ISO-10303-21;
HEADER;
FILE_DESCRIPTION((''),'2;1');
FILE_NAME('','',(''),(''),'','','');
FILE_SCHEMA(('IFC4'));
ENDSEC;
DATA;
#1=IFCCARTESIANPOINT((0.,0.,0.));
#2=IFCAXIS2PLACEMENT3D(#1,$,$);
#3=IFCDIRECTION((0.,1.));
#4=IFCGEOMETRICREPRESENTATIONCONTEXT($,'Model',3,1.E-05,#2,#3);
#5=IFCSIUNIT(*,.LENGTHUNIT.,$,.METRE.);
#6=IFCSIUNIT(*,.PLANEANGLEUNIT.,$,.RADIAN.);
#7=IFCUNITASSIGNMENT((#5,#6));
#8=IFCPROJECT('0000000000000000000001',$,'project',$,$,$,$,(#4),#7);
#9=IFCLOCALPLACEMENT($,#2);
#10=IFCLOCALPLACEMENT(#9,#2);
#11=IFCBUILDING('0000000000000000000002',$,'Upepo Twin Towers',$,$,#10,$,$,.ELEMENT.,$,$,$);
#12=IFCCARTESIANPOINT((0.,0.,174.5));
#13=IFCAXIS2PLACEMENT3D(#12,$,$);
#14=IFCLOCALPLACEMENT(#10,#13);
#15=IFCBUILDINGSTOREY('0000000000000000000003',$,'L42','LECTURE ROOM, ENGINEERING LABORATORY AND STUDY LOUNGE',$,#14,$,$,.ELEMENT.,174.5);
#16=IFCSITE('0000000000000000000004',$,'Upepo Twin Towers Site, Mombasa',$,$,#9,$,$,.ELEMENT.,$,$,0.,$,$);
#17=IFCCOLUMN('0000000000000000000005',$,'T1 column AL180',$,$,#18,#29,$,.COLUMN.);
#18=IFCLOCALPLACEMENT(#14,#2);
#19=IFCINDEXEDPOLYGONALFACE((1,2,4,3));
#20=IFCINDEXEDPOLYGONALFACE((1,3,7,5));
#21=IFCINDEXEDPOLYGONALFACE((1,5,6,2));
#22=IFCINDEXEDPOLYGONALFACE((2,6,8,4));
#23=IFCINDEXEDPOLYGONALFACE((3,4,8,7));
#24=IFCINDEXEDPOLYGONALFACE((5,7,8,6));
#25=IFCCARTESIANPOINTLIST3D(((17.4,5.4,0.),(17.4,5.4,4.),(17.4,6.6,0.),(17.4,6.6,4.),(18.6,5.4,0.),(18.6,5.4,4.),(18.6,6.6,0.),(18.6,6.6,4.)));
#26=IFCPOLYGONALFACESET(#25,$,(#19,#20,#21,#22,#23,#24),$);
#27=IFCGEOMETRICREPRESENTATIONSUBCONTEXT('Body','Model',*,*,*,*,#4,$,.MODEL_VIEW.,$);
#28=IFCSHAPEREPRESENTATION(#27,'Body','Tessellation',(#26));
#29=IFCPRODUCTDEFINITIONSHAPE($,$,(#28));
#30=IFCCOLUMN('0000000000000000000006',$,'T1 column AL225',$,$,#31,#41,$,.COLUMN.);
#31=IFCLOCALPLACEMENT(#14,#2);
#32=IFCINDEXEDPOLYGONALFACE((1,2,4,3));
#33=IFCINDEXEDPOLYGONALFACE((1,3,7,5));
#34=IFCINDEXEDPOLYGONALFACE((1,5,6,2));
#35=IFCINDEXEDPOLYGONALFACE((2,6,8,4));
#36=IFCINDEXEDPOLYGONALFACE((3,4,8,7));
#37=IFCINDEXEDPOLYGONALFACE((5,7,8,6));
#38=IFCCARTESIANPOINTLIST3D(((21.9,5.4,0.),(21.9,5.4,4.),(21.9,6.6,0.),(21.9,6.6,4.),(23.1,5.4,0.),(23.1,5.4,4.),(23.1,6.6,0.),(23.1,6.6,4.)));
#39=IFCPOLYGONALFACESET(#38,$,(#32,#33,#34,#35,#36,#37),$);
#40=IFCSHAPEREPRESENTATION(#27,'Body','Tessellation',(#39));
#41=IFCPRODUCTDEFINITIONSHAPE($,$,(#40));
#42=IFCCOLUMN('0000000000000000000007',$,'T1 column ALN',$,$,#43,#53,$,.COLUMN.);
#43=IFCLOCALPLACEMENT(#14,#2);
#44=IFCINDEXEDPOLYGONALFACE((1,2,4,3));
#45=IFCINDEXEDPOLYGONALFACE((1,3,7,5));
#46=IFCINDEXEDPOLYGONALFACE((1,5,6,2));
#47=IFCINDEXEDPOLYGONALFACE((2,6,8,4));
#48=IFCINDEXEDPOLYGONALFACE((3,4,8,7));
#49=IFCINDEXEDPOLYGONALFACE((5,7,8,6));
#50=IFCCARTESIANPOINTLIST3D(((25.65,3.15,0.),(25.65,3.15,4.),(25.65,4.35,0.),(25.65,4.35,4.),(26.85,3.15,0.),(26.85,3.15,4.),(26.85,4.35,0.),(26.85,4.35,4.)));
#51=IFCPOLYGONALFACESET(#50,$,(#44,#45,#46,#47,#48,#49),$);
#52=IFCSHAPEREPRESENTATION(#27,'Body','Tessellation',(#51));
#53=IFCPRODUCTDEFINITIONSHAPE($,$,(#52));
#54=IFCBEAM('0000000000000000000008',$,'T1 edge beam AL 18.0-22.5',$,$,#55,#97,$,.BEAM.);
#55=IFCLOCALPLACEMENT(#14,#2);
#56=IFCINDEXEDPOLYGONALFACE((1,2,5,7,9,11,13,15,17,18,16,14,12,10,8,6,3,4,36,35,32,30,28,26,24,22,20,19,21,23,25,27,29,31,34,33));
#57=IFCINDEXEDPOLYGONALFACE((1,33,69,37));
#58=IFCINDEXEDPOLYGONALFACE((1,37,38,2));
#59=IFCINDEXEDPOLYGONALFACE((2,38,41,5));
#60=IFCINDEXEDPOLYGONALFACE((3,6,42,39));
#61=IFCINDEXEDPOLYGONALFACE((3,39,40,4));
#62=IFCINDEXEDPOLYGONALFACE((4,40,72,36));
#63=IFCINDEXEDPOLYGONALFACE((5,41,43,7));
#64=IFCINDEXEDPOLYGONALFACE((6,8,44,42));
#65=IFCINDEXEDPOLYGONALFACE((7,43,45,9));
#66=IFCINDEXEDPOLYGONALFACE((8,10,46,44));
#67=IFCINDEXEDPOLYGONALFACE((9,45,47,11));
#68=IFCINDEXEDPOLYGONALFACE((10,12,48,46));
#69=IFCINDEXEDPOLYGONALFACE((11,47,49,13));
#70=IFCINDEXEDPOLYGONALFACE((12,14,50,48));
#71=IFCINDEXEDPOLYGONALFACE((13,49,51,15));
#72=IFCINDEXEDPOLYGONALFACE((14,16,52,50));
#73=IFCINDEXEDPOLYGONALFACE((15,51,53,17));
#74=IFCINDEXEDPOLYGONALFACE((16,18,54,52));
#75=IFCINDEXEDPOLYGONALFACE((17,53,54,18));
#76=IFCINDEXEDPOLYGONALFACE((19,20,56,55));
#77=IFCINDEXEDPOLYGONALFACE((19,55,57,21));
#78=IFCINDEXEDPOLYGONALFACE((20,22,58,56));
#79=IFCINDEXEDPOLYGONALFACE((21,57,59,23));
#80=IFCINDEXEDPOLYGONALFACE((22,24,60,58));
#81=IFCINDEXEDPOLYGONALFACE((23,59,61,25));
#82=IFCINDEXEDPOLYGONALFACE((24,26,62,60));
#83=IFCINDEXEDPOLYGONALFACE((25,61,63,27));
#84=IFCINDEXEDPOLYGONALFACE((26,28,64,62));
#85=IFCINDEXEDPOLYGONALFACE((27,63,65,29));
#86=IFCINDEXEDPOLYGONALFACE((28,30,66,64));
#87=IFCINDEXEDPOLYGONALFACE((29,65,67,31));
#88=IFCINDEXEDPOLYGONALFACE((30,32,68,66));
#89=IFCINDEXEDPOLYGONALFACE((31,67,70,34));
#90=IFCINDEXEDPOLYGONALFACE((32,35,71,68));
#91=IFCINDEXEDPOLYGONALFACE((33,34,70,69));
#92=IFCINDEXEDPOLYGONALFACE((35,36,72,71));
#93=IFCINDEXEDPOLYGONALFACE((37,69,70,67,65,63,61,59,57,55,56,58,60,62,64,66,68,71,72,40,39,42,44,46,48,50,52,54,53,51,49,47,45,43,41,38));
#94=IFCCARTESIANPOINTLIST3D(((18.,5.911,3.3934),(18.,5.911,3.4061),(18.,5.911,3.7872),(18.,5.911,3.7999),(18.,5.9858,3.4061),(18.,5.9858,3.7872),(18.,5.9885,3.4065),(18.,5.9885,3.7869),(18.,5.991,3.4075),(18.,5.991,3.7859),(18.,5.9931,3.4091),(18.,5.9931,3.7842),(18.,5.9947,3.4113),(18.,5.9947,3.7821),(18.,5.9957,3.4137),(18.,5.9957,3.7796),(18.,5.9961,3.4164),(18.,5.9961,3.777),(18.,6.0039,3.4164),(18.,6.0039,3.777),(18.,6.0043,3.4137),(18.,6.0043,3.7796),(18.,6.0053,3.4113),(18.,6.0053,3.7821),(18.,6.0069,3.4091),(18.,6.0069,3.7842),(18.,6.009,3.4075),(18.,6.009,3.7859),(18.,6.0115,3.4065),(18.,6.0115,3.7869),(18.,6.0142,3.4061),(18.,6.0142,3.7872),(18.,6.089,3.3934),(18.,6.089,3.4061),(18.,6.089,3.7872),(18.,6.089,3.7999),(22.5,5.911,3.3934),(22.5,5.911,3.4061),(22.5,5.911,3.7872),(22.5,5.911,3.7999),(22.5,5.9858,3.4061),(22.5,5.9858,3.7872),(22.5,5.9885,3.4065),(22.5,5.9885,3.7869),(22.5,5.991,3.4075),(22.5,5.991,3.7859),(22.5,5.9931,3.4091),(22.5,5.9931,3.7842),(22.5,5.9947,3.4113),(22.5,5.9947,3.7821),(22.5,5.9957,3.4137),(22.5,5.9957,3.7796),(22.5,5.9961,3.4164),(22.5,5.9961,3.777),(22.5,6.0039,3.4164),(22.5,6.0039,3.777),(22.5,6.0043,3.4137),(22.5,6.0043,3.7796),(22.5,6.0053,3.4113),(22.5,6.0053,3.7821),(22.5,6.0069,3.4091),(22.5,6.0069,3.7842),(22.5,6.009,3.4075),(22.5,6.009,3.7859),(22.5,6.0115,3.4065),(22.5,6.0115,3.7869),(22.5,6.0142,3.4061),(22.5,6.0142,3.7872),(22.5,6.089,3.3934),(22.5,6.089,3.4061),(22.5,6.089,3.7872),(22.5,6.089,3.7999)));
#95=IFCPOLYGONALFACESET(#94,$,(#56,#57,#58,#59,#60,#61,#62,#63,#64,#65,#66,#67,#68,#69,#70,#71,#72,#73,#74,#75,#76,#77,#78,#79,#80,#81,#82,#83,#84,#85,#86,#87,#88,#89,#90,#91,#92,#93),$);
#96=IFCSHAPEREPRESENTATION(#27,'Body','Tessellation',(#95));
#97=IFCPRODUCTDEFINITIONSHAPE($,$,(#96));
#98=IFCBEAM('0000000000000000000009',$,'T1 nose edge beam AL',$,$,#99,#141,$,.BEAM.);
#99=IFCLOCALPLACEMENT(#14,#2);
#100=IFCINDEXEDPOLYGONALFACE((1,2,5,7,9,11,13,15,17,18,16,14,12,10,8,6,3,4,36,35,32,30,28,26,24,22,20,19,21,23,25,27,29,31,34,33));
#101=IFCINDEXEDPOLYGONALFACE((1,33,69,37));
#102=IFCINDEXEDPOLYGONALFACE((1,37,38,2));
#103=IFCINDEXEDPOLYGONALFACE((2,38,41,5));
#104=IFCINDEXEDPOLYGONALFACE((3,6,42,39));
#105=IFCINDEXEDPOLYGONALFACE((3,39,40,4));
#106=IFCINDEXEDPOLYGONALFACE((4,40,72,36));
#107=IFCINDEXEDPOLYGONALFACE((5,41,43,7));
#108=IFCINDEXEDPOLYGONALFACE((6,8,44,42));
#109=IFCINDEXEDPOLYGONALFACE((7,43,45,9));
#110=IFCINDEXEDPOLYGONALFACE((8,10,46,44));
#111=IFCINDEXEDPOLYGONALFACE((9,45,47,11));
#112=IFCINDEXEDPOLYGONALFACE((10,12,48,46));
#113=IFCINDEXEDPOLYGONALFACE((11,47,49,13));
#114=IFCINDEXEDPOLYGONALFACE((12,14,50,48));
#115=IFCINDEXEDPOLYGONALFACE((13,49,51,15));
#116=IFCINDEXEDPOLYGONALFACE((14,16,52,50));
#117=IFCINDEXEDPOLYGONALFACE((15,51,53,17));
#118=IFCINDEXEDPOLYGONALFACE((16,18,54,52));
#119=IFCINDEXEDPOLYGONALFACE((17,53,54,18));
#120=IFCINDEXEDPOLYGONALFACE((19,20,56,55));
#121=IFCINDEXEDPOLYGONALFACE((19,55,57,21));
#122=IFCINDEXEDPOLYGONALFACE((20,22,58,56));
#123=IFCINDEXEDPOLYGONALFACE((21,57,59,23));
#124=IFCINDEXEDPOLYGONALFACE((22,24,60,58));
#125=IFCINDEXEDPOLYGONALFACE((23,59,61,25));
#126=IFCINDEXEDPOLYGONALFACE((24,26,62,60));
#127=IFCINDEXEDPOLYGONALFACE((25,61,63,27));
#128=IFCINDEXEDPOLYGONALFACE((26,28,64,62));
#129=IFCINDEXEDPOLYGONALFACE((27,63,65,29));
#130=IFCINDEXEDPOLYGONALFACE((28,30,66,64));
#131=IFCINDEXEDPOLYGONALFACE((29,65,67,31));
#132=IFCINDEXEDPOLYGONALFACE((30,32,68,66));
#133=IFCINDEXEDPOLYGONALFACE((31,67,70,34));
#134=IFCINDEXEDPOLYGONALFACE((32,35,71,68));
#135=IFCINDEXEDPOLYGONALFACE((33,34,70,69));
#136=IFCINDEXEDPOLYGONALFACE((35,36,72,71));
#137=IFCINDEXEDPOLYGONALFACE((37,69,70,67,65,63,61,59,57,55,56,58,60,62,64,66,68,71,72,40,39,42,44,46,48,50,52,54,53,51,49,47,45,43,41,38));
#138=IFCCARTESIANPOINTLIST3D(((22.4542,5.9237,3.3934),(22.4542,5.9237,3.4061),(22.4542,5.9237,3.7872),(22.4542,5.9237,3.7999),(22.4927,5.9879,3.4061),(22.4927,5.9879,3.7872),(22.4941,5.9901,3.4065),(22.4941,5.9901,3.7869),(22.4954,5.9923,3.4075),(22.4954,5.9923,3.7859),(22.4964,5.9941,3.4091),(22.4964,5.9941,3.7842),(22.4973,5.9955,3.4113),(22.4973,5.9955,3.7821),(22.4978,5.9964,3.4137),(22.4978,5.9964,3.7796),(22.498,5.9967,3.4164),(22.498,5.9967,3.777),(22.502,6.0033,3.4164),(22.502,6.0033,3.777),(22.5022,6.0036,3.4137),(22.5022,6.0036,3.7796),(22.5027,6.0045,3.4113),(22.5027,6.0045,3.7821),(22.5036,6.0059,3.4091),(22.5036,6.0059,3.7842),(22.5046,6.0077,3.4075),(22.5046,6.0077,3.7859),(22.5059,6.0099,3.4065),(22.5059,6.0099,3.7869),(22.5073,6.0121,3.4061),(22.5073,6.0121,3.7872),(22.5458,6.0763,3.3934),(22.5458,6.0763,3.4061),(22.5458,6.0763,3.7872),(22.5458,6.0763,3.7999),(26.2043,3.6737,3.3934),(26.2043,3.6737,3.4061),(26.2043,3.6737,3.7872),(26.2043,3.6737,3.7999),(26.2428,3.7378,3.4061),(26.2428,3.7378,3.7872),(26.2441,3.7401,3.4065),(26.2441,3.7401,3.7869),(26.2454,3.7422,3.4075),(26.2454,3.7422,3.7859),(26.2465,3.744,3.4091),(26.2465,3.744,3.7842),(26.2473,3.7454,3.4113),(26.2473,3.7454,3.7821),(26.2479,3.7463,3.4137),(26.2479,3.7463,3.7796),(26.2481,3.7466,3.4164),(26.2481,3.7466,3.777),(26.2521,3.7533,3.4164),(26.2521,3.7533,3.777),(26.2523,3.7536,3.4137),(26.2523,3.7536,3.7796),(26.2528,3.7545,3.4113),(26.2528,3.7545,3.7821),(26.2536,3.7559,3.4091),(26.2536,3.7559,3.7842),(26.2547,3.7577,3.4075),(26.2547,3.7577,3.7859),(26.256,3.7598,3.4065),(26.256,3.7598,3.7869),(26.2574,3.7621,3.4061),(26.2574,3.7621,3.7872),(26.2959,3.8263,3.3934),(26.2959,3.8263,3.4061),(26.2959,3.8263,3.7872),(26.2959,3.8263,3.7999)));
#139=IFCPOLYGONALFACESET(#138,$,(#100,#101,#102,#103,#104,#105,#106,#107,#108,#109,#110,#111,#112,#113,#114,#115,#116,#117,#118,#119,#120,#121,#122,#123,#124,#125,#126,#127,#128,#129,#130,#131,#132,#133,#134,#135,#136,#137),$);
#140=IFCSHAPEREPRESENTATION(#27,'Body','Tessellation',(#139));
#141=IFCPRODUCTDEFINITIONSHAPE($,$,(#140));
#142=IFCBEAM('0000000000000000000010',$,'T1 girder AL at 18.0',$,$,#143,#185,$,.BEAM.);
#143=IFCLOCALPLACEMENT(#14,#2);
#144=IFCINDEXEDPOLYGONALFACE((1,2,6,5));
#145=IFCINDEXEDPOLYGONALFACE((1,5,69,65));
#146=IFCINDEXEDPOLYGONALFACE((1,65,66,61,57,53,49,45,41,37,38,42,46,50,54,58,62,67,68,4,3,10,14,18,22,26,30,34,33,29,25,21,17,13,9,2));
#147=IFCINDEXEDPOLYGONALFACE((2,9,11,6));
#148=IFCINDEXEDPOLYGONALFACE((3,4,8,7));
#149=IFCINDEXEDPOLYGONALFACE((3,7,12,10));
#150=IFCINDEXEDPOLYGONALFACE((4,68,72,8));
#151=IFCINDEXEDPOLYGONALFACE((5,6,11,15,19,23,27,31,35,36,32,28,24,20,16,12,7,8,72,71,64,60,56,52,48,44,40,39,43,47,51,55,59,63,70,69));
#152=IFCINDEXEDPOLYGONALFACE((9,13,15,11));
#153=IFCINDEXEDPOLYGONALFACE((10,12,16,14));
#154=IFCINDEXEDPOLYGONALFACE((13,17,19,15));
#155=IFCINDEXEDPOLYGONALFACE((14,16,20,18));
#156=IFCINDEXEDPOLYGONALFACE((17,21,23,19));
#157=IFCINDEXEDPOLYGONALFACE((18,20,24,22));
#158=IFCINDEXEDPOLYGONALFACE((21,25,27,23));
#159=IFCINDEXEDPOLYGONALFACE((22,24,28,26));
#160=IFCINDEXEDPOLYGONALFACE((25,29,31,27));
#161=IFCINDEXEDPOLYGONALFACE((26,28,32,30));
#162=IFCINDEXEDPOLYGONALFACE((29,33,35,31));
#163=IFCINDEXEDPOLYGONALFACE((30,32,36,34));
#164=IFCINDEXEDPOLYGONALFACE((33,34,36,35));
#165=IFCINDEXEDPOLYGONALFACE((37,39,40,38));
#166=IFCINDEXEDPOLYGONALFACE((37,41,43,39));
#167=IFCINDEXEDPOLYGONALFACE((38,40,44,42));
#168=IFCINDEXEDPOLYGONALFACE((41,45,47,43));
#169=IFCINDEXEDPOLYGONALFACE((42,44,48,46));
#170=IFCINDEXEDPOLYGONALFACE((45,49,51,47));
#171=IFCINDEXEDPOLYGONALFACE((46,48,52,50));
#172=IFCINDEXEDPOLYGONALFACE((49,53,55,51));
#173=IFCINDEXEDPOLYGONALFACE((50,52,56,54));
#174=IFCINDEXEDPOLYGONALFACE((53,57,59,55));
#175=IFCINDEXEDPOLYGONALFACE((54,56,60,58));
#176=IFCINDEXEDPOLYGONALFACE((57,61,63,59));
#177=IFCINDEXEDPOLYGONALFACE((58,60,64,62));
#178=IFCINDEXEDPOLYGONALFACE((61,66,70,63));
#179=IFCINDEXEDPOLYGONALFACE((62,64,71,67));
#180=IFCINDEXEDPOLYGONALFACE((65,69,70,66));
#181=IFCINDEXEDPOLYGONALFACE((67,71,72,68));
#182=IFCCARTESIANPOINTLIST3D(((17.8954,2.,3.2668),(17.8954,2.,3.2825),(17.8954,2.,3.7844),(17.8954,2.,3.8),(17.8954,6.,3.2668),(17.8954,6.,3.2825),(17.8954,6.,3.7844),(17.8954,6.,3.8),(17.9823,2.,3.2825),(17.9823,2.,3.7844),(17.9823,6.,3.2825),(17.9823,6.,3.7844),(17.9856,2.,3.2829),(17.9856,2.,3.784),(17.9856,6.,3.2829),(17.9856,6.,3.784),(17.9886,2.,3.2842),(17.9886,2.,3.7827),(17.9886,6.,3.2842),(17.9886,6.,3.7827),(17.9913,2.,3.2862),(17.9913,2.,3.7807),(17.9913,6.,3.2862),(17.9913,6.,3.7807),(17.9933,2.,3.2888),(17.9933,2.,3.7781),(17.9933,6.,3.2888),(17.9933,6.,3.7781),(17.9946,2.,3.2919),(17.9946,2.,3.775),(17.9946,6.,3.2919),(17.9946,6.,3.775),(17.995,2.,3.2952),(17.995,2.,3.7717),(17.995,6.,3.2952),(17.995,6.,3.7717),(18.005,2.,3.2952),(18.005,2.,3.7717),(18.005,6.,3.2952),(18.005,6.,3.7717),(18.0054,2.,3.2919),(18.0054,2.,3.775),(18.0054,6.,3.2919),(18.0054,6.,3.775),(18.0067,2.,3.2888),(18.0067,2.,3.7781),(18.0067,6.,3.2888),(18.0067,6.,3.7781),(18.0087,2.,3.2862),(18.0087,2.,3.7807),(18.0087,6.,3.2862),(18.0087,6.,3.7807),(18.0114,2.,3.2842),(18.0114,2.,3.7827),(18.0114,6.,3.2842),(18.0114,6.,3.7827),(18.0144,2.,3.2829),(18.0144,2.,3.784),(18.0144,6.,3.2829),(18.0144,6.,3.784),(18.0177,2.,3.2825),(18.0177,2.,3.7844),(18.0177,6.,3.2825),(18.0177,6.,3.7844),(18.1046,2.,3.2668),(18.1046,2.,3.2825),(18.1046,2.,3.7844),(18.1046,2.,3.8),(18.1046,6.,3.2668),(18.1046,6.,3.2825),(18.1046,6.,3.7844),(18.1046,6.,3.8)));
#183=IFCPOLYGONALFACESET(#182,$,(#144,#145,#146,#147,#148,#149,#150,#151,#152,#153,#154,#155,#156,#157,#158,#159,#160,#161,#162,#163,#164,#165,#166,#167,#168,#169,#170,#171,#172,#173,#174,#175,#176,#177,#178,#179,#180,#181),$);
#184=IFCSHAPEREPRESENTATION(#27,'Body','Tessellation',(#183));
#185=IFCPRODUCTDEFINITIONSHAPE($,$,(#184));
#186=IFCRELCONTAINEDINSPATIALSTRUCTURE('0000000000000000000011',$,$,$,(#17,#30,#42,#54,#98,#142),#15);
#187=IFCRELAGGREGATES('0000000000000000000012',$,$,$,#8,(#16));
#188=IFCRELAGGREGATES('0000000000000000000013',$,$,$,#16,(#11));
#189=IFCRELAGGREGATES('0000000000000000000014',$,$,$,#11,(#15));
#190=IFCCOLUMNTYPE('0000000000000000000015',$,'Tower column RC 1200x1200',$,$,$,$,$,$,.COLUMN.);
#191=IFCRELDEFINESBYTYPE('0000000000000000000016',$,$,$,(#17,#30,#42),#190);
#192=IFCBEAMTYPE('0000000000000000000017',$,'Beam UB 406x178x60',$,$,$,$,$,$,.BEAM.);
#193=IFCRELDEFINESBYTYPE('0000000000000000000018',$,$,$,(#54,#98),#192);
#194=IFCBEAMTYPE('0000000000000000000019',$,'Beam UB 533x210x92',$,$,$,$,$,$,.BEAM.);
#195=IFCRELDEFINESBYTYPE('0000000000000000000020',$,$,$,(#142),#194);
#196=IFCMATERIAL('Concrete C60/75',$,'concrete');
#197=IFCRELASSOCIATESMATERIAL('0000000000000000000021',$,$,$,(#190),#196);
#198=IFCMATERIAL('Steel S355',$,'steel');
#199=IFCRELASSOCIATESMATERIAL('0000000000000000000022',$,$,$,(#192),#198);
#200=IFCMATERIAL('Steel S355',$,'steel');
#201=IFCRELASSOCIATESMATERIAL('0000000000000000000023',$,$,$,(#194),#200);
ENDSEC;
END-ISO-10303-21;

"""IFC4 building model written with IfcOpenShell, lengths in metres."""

from ifc_helpers import new_model, si_unit, direction, frame, origin, origin_2d, place, context, subcontext, project, spatial, rectangle, i_section, extrude, material, material_profile, profile_set, type_object, element, save


model = new_model("IFC4")

# Units and contexts
model_context = context("Model", 3, precision=1e-05, world=origin(), true_north=direction((0.0, 1.0)))
body_context = subcontext(model_context, "Body", "Model", "MODEL_VIEW")
ifc_project = project(units=[si_unit("LENGTHUNIT", "METRE"), si_unit("PLANEANGLEUNIT", "RADIAN")], contexts=[model_context])

# Site, building, storey
site_placement = place(None, origin())
site = spatial("IfcSite", under=ifc_project, at=site_placement, Name="Upepo Twin Towers Site, Mombasa", CompositionType="ELEMENT", RefElevation=0.0)
building_placement = place(site_placement, origin())
building = spatial("IfcBuilding", under=site, at=building_placement, Name="Upepo Twin Towers", CompositionType="ELEMENT")
storey_placement = place(building_placement, frame((0.0, 0.0, 174.5)))
storey = spatial("IfcBuildingStorey", under=building, at=storey_placement, Name="L42", Description="LECTURE ROOM, ENGINEERING LABORATORY AND STUDY LOUNGE", CompositionType="ELEMENT", Elevation=174.5)

# Columns
ifc_material_1 = material(Name="Concrete C60/75", Category="concrete")
ifc_material_profile_1 = material_profile(ifc_material_1, rectangle(XDim=1.2, YDim=1.2, at=origin_2d()), Name="RC 1200x1200")
ifc_profile_set_1 = profile_set([ifc_material_profile_1], Name="Concrete C60/75")
column_type = type_object("IfcColumnType", Name="Tower column RC 1200x1200", PredefinedType="COLUMN", material=ifc_profile_set_1)
for number, where, z_axis, x_axis, name in (
    (1, (18.0, 6.0, 0.0), (0.0, 0.0, 1.0), (1.0, 0.0, 0.0), "T1 column AL180"),
    (2, (22.5, 6.0, 0.0), (0.0, 0.0, 1.0), (1.0, 0.0, 0.0), "T1 column AL225"),
    (3, (26.25, 3.75, 0.0), (0.0, 0.0, 1.0), (1.0, 0.0, 0.0), "T1 column ALN"),
):
    element("IfcColumn", number, at=place(storey_placement, frame(where, z_axis=z_axis, x_axis=x_axis)), inside=storey, type_object=column_type, Name=name, PredefinedType="COLUMN", context=body_context, shape_type="SweptSolid", body=[
        extrude(rectangle(XDim=1.2, YDim=1.2, at=origin_2d()), origin(), (0.0, 0.0, 1.0), 4.0),
    ])

# Beams
ifc_material_2 = material(Name="Steel S355", Category="steel")
ifc_material_profile_2 = material_profile(ifc_material_2, i_section(OverallWidth=0.178, OverallDepth=0.4065, WebThickness=0.0078, FlangeThickness=0.0127, FilletRadius=0.0103, at=origin_2d()), Name="UB 406x178x60")
ifc_profile_set_2 = profile_set([ifc_material_profile_2], Name="Steel S355")
beam_type_1 = type_object("IfcBeamType", Name="Beam UB 406x178x60", PredefinedType="BEAM", material=ifc_profile_set_2)
beam_1_placement = place(storey_placement, frame((18.0, 6.0, 3.5967), z_axis=(1.0, 0.0, 0.0), x_axis=(0.0, 1.0, 0.0)))
element("IfcBeam", 4, at=beam_1_placement, inside=storey, type_object=beam_type_1, Name="T1 edge beam AL 18.0-22.5", PredefinedType="BEAM", context=body_context, shape_type="SweptSolid", body=[
    extrude(i_section(OverallWidth=0.178, OverallDepth=0.4065, WebThickness=0.0078, FlangeThickness=0.0127, FilletRadius=0.0103, at=origin_2d()), origin(), (0.0, 0.0, 1.0), 4.5),
])
beam_2_placement = place(storey_placement, frame((22.5, 6.0, 3.5967), z_axis=(0.857493, -0.514496, 0.0), x_axis=(0.514496, 0.857493, 0.0)))
element("IfcBeam", 5, at=beam_2_placement, inside=storey, type_object=beam_type_1, Name="T1 nose edge beam AL", PredefinedType="BEAM", context=body_context, shape_type="SweptSolid", body=[
    extrude(i_section(OverallWidth=0.178, OverallDepth=0.4065, WebThickness=0.0078, FlangeThickness=0.0127, FilletRadius=0.0103, at=origin_2d()), origin(), (0.0, 0.0, 1.0), 4.3733),
])
ifc_material_3 = material(Name="Steel S355", Category="steel")
ifc_material_profile_3 = material_profile(ifc_material_3, i_section(OverallWidth=0.2092, OverallDepth=0.5332, WebThickness=0.01, FlangeThickness=0.0156, FilletRadius=0.0127, at=origin_2d()), Name="UB 533x210x92")
ifc_profile_set_3 = profile_set([ifc_material_profile_3], Name="Steel S355")
beam_type_2 = type_object("IfcBeamType", Name="Beam UB 533x210x92", PredefinedType="BEAM", material=ifc_profile_set_3)
for number, where, z_axis, x_axis, name in (
    (6, (18.0, 6.0, 3.5334), (0.0, -1.0, 0.0), (1.0, 0.0, 0.0), "T1 girder AL at 18.0"),
):
    element("IfcBeam", number, at=place(storey_placement, frame(where, z_axis=z_axis, x_axis=x_axis)), inside=storey, type_object=beam_type_2, Name=name, PredefinedType="BEAM", context=body_context, shape_type="SweptSolid", body=[
        extrude(i_section(OverallWidth=0.2092, OverallDepth=0.5332, WebThickness=0.01, FlangeThickness=0.0156, FilletRadius=0.0127, at=origin_2d()), origin(), (0.0, 0.0, 1.0), 4.0),
    ])

save(model, "model.ifc")
